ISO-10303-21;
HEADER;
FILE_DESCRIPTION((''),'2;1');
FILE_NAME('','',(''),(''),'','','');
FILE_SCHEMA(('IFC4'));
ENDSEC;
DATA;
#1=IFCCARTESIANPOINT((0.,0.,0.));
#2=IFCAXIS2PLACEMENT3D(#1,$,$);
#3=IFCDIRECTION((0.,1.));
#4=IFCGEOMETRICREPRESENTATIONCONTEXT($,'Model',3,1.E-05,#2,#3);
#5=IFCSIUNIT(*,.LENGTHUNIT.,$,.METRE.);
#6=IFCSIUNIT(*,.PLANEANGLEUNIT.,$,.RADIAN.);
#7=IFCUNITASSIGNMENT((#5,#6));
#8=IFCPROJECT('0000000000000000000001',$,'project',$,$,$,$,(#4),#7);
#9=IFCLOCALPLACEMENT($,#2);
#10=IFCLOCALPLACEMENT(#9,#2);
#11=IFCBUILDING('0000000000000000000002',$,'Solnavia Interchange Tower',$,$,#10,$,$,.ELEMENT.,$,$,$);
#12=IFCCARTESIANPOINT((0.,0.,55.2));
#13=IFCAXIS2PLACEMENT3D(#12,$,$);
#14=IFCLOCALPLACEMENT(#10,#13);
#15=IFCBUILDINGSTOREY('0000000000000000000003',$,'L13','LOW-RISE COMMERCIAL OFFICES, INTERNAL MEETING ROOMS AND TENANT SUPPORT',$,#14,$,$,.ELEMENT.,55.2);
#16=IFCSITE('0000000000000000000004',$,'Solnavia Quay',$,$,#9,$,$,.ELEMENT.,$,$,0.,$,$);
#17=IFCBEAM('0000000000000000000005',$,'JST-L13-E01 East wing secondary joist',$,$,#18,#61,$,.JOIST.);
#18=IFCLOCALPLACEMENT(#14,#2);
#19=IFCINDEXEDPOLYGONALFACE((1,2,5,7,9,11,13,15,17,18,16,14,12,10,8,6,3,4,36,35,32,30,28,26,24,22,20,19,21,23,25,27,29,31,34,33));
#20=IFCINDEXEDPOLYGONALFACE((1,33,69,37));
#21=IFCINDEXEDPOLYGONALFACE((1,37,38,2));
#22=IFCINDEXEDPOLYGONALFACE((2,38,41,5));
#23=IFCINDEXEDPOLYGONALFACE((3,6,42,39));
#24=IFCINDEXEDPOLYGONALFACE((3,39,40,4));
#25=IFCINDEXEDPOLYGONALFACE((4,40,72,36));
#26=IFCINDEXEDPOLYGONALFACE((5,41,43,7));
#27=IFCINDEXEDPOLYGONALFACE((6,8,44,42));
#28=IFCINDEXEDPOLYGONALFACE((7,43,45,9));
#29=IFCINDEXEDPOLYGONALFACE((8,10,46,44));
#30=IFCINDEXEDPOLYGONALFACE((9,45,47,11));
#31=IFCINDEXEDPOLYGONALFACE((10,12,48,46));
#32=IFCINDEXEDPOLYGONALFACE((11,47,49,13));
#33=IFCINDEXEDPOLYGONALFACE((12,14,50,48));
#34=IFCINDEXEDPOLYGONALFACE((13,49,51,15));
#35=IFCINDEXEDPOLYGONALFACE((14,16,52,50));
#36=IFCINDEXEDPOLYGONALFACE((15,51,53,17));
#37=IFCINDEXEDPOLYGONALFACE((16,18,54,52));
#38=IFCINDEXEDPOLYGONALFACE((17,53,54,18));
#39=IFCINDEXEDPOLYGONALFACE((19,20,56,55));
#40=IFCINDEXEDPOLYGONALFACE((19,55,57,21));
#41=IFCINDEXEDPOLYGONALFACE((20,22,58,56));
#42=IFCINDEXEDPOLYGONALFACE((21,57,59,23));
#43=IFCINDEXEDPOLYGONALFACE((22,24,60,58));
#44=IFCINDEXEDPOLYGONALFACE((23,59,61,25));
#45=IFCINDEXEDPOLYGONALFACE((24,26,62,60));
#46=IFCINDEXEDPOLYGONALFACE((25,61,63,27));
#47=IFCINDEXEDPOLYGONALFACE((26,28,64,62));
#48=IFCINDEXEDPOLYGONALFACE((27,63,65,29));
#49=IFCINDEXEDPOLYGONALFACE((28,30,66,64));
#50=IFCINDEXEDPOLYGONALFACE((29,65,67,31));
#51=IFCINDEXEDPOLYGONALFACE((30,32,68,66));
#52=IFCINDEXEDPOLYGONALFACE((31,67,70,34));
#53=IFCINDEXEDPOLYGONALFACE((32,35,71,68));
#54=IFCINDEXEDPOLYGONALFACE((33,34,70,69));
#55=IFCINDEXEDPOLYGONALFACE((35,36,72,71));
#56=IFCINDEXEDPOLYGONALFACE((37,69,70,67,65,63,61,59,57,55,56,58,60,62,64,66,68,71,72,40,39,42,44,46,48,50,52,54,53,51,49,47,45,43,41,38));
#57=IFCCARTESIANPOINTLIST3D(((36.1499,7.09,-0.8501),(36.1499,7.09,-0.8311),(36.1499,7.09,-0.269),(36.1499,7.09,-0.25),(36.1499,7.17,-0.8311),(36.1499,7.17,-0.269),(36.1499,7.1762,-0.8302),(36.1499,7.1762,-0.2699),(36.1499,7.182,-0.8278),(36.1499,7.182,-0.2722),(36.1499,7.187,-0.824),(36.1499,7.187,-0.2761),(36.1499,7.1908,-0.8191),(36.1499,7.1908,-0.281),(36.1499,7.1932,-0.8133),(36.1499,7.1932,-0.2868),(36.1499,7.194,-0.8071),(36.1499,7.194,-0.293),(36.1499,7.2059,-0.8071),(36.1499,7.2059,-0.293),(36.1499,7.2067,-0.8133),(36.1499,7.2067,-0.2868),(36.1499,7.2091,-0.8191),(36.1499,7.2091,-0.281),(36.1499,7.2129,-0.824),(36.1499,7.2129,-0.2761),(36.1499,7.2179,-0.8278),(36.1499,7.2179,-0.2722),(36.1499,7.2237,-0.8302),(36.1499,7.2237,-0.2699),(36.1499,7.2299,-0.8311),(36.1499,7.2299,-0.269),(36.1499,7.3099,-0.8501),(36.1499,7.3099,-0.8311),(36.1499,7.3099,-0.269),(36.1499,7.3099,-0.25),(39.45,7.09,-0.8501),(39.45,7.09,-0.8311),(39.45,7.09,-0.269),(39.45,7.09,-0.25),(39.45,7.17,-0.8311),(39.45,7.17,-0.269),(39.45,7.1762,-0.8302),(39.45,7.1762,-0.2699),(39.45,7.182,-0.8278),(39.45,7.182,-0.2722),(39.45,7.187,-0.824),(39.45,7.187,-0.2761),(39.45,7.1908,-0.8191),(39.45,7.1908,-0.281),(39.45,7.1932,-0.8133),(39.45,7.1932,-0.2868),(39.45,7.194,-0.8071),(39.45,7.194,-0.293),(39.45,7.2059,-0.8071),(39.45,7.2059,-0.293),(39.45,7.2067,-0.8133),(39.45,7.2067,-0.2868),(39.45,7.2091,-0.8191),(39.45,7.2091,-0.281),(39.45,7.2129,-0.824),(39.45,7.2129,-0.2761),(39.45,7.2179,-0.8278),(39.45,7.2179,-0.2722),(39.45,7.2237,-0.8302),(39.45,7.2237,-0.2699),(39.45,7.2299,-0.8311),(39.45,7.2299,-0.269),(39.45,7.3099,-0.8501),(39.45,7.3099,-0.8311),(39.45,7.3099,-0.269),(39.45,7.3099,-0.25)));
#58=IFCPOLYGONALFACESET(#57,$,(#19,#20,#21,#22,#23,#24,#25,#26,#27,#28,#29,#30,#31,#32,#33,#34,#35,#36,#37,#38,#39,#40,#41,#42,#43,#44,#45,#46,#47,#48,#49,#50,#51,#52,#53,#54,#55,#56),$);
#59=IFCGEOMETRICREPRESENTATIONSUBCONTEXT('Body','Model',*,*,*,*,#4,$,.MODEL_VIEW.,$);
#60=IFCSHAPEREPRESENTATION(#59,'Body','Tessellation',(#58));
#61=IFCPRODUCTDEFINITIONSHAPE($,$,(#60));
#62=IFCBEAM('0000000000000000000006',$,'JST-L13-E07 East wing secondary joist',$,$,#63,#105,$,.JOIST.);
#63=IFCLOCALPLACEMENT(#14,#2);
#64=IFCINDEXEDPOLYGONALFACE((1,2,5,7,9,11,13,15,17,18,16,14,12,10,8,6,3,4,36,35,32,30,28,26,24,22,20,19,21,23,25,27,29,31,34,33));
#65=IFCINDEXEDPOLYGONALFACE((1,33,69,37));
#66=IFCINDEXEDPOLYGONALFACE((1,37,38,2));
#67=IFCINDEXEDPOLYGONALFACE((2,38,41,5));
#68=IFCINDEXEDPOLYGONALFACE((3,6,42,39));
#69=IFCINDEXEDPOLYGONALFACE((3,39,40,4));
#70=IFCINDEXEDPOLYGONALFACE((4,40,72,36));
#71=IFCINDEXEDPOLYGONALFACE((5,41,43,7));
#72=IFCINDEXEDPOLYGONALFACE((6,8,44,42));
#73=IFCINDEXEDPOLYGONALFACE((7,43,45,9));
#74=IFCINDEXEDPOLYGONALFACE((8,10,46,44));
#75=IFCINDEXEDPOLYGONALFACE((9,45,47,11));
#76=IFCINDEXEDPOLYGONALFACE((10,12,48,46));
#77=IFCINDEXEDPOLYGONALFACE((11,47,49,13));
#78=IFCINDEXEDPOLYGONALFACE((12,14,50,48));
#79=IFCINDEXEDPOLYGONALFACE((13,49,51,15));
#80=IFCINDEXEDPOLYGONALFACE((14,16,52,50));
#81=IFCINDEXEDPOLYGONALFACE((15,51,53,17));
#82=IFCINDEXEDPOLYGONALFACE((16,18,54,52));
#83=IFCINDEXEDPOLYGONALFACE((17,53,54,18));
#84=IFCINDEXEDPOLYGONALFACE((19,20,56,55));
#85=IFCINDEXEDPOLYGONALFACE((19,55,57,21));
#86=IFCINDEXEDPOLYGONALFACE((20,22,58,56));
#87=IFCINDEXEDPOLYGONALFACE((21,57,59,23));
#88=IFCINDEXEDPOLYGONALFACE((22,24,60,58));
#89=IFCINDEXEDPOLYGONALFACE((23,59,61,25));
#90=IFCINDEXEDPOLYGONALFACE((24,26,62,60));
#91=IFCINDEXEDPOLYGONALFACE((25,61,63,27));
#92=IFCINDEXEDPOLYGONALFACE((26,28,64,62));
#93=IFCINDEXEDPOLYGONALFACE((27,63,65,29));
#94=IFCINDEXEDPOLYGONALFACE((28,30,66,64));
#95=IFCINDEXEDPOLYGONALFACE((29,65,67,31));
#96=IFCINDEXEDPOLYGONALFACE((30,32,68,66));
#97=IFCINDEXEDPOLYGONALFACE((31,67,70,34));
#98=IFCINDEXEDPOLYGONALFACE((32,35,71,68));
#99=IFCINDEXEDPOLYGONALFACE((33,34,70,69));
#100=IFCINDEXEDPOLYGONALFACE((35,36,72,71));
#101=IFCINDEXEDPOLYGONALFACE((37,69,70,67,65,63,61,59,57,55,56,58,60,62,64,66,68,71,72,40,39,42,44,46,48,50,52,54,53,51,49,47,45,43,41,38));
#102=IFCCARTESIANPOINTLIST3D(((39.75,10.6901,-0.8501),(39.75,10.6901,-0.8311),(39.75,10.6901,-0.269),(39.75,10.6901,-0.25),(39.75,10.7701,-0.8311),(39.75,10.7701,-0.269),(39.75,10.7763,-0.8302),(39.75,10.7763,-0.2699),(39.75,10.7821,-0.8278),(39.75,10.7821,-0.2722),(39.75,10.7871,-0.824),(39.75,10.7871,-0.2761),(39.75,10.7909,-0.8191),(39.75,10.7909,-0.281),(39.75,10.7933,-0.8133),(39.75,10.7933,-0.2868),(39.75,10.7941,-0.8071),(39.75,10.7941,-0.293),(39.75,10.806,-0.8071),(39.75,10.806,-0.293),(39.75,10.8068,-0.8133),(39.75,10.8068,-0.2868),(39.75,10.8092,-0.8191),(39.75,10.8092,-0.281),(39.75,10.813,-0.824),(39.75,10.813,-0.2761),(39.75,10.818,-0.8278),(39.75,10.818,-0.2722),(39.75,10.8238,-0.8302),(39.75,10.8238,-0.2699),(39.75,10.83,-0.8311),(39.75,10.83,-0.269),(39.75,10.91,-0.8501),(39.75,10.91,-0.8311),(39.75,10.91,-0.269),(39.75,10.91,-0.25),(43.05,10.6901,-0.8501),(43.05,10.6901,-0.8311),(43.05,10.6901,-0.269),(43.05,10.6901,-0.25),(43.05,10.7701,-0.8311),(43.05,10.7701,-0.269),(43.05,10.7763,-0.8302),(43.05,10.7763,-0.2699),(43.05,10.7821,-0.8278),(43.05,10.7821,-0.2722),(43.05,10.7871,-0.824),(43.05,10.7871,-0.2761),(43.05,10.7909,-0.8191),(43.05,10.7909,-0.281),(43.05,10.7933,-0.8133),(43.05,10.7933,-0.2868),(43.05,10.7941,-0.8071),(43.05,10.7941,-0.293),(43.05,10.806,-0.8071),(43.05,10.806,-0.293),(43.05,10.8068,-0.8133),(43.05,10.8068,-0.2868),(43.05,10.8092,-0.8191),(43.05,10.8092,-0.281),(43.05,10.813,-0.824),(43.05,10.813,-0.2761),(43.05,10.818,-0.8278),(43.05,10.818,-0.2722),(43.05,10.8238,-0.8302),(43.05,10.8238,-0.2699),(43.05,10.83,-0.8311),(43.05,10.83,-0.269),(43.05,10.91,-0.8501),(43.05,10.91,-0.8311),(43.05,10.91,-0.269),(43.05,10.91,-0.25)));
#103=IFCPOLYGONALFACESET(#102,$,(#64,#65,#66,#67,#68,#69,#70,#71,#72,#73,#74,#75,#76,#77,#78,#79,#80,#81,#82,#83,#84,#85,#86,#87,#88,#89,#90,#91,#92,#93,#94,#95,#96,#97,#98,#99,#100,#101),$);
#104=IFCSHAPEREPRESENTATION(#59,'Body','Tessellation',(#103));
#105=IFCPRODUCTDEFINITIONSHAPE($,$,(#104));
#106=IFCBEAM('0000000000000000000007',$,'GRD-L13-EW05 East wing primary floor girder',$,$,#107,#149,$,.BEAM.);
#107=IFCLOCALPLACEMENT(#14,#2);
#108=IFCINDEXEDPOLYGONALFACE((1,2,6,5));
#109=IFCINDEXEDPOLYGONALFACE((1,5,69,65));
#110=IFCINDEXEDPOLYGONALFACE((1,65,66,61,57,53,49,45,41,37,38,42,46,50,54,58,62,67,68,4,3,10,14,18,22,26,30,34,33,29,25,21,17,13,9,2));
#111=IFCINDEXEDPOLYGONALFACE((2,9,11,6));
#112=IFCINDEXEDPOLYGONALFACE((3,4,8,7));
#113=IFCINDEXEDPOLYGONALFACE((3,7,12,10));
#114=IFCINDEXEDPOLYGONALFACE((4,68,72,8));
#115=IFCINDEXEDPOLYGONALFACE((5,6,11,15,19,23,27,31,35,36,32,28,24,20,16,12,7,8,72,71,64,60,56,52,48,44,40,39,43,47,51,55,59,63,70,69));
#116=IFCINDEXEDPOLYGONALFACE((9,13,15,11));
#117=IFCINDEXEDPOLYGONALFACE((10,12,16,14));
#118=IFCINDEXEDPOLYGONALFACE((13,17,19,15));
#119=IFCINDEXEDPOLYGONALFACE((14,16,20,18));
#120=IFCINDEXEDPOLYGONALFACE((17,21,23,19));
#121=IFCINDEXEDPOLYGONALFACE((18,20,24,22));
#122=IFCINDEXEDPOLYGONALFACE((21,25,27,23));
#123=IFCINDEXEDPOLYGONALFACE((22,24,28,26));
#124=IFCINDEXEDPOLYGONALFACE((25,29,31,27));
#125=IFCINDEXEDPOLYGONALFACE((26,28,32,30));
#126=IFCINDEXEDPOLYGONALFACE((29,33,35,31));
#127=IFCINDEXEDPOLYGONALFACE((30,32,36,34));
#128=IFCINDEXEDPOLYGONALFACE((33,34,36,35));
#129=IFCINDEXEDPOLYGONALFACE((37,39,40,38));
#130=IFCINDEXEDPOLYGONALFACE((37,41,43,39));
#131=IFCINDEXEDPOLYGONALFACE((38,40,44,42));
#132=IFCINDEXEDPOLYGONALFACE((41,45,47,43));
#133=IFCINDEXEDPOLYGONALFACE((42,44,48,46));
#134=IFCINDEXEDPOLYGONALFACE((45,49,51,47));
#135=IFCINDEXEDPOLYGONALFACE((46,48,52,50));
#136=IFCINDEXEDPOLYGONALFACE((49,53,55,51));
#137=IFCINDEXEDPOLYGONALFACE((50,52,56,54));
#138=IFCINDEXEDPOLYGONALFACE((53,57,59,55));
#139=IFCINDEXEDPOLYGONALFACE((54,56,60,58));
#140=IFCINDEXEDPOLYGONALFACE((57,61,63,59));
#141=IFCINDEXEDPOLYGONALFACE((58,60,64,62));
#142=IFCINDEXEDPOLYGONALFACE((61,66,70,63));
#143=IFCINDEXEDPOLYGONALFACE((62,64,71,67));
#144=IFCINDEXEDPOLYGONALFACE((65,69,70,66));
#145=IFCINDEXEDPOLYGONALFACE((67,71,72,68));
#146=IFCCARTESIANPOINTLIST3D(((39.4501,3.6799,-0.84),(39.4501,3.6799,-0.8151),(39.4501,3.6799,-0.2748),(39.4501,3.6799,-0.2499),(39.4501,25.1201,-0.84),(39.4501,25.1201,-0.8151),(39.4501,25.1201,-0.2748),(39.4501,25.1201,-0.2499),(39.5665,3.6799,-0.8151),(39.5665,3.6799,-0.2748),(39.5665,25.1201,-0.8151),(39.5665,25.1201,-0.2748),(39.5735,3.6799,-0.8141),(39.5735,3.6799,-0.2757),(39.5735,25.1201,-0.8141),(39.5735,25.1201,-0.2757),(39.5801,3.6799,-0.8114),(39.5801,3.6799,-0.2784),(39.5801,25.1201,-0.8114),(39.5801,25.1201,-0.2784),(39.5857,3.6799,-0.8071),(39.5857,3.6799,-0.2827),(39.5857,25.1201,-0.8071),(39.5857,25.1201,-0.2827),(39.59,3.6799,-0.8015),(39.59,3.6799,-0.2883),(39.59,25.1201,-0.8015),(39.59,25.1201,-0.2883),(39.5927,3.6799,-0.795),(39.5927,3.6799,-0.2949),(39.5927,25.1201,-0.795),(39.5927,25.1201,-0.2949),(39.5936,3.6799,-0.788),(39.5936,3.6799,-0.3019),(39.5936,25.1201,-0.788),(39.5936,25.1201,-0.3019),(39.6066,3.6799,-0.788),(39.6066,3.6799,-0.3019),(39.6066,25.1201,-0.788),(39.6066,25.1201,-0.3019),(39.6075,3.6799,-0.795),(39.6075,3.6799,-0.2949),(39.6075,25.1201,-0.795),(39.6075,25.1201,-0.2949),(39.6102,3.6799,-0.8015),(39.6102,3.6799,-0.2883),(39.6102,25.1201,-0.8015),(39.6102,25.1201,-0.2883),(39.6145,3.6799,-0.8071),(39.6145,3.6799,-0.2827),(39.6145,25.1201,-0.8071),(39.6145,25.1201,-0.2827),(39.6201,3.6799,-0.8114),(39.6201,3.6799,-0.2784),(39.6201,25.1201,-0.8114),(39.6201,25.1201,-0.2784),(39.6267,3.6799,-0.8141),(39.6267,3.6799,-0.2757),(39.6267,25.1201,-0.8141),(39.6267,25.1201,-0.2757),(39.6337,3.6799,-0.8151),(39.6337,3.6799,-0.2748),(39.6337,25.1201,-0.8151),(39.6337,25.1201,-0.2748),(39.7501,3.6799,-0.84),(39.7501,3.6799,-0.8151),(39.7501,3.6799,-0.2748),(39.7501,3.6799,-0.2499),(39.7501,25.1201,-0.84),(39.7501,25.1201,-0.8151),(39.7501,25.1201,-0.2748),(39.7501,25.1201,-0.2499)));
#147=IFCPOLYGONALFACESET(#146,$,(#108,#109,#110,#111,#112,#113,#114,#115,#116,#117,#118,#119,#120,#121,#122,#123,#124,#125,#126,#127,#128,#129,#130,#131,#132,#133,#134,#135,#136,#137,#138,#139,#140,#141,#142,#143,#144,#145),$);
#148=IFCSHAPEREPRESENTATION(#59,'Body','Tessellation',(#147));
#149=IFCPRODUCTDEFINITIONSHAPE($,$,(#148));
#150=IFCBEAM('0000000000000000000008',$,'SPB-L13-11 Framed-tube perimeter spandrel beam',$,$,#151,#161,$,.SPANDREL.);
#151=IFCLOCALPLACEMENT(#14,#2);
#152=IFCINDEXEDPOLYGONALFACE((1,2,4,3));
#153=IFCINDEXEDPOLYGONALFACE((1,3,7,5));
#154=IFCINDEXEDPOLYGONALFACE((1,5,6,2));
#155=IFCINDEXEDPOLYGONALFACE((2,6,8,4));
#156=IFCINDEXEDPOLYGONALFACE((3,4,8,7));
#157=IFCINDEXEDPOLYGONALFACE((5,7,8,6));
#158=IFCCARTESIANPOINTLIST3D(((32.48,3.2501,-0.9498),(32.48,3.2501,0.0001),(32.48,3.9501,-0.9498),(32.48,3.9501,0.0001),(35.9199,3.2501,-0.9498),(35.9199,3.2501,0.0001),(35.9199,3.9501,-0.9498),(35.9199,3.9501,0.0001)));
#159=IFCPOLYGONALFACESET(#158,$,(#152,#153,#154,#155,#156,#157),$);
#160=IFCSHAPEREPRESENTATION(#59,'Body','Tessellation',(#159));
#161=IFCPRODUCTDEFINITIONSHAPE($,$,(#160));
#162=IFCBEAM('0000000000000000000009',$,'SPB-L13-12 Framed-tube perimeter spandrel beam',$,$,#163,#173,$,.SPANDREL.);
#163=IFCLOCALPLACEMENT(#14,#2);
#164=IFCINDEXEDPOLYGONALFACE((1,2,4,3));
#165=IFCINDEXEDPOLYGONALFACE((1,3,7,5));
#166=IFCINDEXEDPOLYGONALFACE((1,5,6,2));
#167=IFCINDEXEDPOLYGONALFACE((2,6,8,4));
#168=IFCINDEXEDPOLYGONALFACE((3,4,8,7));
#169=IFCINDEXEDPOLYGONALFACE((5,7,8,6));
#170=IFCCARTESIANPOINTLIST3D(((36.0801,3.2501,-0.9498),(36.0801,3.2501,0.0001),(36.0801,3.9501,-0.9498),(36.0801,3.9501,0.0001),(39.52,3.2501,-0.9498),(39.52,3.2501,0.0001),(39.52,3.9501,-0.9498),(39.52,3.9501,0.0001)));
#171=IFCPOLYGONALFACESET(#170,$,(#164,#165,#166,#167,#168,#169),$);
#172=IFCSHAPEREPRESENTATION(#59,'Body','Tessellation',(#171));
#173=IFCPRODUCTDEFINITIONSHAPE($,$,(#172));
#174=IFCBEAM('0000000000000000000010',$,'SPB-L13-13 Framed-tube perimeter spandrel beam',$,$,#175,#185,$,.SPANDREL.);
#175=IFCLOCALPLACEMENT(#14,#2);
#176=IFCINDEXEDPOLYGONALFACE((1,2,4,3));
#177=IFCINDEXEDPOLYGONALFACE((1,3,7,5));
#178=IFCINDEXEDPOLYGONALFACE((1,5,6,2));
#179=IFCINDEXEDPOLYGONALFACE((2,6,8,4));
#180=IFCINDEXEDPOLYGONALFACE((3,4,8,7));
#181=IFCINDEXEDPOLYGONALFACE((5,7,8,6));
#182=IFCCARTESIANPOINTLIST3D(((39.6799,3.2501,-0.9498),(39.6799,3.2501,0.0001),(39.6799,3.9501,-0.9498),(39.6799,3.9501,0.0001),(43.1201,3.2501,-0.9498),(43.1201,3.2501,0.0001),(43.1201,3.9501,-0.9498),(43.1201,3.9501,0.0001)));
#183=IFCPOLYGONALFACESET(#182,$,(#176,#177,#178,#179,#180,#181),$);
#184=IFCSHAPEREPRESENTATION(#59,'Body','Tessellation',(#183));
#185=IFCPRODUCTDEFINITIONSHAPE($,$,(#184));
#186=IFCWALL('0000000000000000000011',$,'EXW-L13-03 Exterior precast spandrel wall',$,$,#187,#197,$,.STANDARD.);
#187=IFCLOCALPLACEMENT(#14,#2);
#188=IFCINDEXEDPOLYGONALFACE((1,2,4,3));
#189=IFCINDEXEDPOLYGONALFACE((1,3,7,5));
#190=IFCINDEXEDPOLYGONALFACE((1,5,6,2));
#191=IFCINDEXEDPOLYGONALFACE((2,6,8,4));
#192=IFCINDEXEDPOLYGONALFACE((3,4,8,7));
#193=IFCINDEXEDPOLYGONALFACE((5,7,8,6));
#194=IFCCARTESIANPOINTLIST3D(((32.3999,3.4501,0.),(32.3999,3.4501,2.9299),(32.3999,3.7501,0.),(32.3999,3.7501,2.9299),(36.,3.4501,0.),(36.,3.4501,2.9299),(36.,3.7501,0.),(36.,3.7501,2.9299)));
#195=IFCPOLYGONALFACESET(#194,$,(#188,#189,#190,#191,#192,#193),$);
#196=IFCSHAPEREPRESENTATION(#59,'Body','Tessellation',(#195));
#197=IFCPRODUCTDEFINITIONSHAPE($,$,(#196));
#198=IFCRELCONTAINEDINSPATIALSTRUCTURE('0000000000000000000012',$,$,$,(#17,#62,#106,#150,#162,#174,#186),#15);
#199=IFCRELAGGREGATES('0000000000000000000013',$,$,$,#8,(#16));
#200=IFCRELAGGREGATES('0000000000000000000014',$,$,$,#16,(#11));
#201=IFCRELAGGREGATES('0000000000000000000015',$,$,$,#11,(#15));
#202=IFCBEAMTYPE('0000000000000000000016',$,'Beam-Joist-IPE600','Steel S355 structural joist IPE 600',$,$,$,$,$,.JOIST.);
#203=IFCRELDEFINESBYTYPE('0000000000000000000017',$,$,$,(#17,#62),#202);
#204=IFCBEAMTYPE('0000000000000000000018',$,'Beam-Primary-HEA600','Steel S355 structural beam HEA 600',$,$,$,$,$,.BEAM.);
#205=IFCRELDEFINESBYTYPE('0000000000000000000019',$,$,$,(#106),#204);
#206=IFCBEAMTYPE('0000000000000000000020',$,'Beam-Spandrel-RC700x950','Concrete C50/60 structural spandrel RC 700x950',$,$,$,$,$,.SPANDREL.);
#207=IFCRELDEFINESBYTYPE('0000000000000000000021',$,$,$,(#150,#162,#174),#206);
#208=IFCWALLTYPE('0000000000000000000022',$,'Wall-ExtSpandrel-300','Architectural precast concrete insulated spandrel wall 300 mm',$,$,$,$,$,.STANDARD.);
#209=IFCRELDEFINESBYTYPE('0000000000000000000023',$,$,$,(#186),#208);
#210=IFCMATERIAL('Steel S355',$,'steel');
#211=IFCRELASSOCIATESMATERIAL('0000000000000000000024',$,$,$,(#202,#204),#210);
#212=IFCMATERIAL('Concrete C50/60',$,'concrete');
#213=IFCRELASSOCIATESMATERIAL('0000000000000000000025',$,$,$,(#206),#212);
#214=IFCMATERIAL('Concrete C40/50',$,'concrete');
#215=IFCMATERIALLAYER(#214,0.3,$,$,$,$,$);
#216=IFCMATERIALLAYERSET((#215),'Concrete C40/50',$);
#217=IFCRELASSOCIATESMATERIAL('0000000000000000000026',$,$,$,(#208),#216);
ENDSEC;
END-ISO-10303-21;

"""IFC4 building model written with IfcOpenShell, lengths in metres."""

from ifc_helpers import new_model, si_unit, direction, frame, frame_2d, origin, origin_2d, place, context, subcontext, project, spatial, rectangle, i_section, extrude, material, layer, layer_set, material_profile, profile_set, type_object, element, save


model = new_model("IFC4")

# Units and contexts
model_context = context("Model", 3, precision=1e-05, world=origin(), true_north=direction((0.0, 1.0)))
body_context = subcontext(model_context, "Body", "Model", "MODEL_VIEW")
ifc_project = project(units=[si_unit("LENGTHUNIT", "METRE"), si_unit("PLANEANGLEUNIT", "RADIAN")], contexts=[model_context])

# Site, building, storey
site_placement = place(None, origin())
site = spatial("IfcSite", under=ifc_project, at=site_placement, Name="Solnavia Quay", CompositionType="ELEMENT", RefElevation=0.0)
building_placement = place(site_placement, origin())
building = spatial("IfcBuilding", under=site, at=building_placement, Name="Solnavia Interchange Tower", CompositionType="ELEMENT")
storey_placement = place(building_placement, frame((0.0, 0.0, 55.2)))
storey = spatial("IfcBuildingStorey", under=building, at=storey_placement, Name="L13", Description="LOW-RISE COMMERCIAL OFFICES, INTERNAL MEETING ROOMS AND TENANT SUPPORT", CompositionType="ELEMENT", Elevation=55.2)

# Shared definitions
ifc_material_1 = material(Name="Steel S355", Category="steel")

# Beams
ifc_material_2 = material(Name="Concrete C50/60", Category="concrete")
ifc_material_profile_1 = material_profile(ifc_material_1, i_section(OverallWidth=0.22, OverallDepth=0.6001, WebThickness=0.012, FlangeThickness=0.019, FilletRadius=0.0239, at=origin_2d()), Name="IPE 600")
ifc_profile_set_1 = profile_set([ifc_material_profile_1], Name="Steel S355")
beam_type_1 = type_object("IfcBeamType", Name="Beam-Joist-IPE600", Description="Steel S355 structural joist IPE 600", PredefinedType="JOIST", material=ifc_profile_set_1)
for number, where, z_axis, x_axis, name in (
    (1, (36.1499, 7.2, -0.55), (1.0, 0.0, 0.0), (0.0, 1.0, 0.0), "JST-L13-E01 East wing secondary joist"),
    (2, (39.75, 10.8, -0.55), (1.0, 0.0, 0.0), (0.0, 1.0, 0.0), "JST-L13-E07 East wing secondary joist"),
):
    element("IfcBeam", number, at=place(storey_placement, frame(where, z_axis=z_axis, x_axis=x_axis)), inside=storey, type_object=beam_type_1, Name=name, PredefinedType="JOIST", context=body_context, shape_type="SweptSolid", body=[
        extrude(i_section(OverallWidth=0.22, OverallDepth=0.6001, WebThickness=0.012, FlangeThickness=0.019, FilletRadius=0.0239, at=origin_2d()), origin(), (0.0, 0.0, 1.0), 3.3),
    ])
ifc_material_profile_2 = material_profile(ifc_material_1, i_section(OverallWidth=0.3, OverallDepth=0.5901, WebThickness=0.0129, FlangeThickness=0.0249, FilletRadius=0.0271, at=origin_2d()), Name="HEA 600")
ifc_profile_set_2 = profile_set([ifc_material_profile_2], Name="Steel S355")
beam_type_2 = type_object("IfcBeamType", Name="Beam-Primary-HEA600", Description="Steel S355 structural beam HEA 600", PredefinedType="BEAM", material=ifc_profile_set_2)
beam_1_placement = place(storey_placement, frame((39.6001, 3.6799, -0.5449), z_axis=(0.0, 1.0, 0.0), x_axis=(-1.0, 0.0, 0.0)))
element("IfcBeam", 3, at=beam_1_placement, inside=storey, type_object=beam_type_2, Name="GRD-L13-EW05 East wing primary floor girder", PredefinedType="BEAM", context=body_context, shape_type="SweptSolid", body=[
    extrude(i_section(OverallWidth=0.3, OverallDepth=0.5901, WebThickness=0.0129, FlangeThickness=0.0249, FilletRadius=0.0271, at=origin_2d()), origin(), (0.0, 0.0, 1.0), 21.4402),
])
ifc_material_profile_3 = material_profile(ifc_material_2, rectangle(XDim=0.7, YDim=0.95, at=origin_2d()), Name="RC 700x950")
ifc_profile_set_3 = profile_set([ifc_material_profile_3], Name="Concrete C50/60")
beam_type_3 = type_object("IfcBeamType", Name="Beam-Spandrel-RC700x950", Description="Concrete C50/60 structural spandrel RC 700x950", PredefinedType="SPANDREL", material=ifc_profile_set_3)
for number, where, z_axis, x_axis, name in (
    (4, (32.48, 3.6001, -0.4749), (1.0, 0.0, 0.0), (0.0, 1.0, 0.0), "SPB-L13-11 Framed-tube perimeter spandrel beam"),
    (5, (36.0801, 3.6001, -0.4749), (1.0, 0.0, 0.0), (0.0, 1.0, 0.0), "SPB-L13-12 Framed-tube perimeter spandrel beam"),
):
    element("IfcBeam", number, at=place(storey_placement, frame(where, z_axis=z_axis, x_axis=x_axis)), inside=storey, type_object=beam_type_3, Name=name, PredefinedType="SPANDREL", context=body_context, shape_type="SweptSolid", body=[
        extrude(rectangle(XDim=0.7, YDim=0.95, at=origin_2d()), origin(), (0.0, 0.0, 1.0), 3.4399),
    ])
beam_2_placement = place(storey_placement, frame((39.6799, 3.6001, -0.4749), z_axis=(1.0, 0.0, 0.0), x_axis=(0.0, 1.0, 0.0)))
element("IfcBeam", 6, at=beam_2_placement, inside=storey, type_object=beam_type_3, Name="SPB-L13-13 Framed-tube perimeter spandrel beam", PredefinedType="SPANDREL", context=body_context, shape_type="SweptSolid", body=[
    extrude(rectangle(XDim=0.7, YDim=0.95, at=origin_2d()), origin(), (0.0, 0.0, 1.0), 3.4402),
])

# Wall
ifc_material_3 = material(Name="Concrete C40/50", Category="concrete")
ifc_layer_1 = layer(ifc_material_3, 0.3)
ifc_layer_set_1 = layer_set([ifc_layer_1], Name="Concrete C40/50")
wall_type_1 = type_object("IfcWallType", Name="Wall-ExtSpandrel-300", Description="Architectural precast concrete insulated spandrel wall 300 mm", PredefinedType="STANDARD", material=ifc_layer_set_1)
wall_1_placement = place(storey_placement, frame((36.0, 3.6001, 0.0), z_axis=(0.0, 0.0, 1.0), x_axis=(-1.0, 0.0, 0.0)))
element("IfcWall", 7, at=wall_1_placement, inside=storey, type_object=wall_type_1, Name="EXW-L13-03 Exterior precast spandrel wall", PredefinedType="STANDARD", context=body_context, shape_type="SweptSolid", body=[
    extrude(rectangle(XDim=3.6001, YDim=0.3, at=frame_2d((1.8, 0.0))), origin(), (0.0, 0.0, 1.0), 2.9299),
])

save(model, "model.ifc")
